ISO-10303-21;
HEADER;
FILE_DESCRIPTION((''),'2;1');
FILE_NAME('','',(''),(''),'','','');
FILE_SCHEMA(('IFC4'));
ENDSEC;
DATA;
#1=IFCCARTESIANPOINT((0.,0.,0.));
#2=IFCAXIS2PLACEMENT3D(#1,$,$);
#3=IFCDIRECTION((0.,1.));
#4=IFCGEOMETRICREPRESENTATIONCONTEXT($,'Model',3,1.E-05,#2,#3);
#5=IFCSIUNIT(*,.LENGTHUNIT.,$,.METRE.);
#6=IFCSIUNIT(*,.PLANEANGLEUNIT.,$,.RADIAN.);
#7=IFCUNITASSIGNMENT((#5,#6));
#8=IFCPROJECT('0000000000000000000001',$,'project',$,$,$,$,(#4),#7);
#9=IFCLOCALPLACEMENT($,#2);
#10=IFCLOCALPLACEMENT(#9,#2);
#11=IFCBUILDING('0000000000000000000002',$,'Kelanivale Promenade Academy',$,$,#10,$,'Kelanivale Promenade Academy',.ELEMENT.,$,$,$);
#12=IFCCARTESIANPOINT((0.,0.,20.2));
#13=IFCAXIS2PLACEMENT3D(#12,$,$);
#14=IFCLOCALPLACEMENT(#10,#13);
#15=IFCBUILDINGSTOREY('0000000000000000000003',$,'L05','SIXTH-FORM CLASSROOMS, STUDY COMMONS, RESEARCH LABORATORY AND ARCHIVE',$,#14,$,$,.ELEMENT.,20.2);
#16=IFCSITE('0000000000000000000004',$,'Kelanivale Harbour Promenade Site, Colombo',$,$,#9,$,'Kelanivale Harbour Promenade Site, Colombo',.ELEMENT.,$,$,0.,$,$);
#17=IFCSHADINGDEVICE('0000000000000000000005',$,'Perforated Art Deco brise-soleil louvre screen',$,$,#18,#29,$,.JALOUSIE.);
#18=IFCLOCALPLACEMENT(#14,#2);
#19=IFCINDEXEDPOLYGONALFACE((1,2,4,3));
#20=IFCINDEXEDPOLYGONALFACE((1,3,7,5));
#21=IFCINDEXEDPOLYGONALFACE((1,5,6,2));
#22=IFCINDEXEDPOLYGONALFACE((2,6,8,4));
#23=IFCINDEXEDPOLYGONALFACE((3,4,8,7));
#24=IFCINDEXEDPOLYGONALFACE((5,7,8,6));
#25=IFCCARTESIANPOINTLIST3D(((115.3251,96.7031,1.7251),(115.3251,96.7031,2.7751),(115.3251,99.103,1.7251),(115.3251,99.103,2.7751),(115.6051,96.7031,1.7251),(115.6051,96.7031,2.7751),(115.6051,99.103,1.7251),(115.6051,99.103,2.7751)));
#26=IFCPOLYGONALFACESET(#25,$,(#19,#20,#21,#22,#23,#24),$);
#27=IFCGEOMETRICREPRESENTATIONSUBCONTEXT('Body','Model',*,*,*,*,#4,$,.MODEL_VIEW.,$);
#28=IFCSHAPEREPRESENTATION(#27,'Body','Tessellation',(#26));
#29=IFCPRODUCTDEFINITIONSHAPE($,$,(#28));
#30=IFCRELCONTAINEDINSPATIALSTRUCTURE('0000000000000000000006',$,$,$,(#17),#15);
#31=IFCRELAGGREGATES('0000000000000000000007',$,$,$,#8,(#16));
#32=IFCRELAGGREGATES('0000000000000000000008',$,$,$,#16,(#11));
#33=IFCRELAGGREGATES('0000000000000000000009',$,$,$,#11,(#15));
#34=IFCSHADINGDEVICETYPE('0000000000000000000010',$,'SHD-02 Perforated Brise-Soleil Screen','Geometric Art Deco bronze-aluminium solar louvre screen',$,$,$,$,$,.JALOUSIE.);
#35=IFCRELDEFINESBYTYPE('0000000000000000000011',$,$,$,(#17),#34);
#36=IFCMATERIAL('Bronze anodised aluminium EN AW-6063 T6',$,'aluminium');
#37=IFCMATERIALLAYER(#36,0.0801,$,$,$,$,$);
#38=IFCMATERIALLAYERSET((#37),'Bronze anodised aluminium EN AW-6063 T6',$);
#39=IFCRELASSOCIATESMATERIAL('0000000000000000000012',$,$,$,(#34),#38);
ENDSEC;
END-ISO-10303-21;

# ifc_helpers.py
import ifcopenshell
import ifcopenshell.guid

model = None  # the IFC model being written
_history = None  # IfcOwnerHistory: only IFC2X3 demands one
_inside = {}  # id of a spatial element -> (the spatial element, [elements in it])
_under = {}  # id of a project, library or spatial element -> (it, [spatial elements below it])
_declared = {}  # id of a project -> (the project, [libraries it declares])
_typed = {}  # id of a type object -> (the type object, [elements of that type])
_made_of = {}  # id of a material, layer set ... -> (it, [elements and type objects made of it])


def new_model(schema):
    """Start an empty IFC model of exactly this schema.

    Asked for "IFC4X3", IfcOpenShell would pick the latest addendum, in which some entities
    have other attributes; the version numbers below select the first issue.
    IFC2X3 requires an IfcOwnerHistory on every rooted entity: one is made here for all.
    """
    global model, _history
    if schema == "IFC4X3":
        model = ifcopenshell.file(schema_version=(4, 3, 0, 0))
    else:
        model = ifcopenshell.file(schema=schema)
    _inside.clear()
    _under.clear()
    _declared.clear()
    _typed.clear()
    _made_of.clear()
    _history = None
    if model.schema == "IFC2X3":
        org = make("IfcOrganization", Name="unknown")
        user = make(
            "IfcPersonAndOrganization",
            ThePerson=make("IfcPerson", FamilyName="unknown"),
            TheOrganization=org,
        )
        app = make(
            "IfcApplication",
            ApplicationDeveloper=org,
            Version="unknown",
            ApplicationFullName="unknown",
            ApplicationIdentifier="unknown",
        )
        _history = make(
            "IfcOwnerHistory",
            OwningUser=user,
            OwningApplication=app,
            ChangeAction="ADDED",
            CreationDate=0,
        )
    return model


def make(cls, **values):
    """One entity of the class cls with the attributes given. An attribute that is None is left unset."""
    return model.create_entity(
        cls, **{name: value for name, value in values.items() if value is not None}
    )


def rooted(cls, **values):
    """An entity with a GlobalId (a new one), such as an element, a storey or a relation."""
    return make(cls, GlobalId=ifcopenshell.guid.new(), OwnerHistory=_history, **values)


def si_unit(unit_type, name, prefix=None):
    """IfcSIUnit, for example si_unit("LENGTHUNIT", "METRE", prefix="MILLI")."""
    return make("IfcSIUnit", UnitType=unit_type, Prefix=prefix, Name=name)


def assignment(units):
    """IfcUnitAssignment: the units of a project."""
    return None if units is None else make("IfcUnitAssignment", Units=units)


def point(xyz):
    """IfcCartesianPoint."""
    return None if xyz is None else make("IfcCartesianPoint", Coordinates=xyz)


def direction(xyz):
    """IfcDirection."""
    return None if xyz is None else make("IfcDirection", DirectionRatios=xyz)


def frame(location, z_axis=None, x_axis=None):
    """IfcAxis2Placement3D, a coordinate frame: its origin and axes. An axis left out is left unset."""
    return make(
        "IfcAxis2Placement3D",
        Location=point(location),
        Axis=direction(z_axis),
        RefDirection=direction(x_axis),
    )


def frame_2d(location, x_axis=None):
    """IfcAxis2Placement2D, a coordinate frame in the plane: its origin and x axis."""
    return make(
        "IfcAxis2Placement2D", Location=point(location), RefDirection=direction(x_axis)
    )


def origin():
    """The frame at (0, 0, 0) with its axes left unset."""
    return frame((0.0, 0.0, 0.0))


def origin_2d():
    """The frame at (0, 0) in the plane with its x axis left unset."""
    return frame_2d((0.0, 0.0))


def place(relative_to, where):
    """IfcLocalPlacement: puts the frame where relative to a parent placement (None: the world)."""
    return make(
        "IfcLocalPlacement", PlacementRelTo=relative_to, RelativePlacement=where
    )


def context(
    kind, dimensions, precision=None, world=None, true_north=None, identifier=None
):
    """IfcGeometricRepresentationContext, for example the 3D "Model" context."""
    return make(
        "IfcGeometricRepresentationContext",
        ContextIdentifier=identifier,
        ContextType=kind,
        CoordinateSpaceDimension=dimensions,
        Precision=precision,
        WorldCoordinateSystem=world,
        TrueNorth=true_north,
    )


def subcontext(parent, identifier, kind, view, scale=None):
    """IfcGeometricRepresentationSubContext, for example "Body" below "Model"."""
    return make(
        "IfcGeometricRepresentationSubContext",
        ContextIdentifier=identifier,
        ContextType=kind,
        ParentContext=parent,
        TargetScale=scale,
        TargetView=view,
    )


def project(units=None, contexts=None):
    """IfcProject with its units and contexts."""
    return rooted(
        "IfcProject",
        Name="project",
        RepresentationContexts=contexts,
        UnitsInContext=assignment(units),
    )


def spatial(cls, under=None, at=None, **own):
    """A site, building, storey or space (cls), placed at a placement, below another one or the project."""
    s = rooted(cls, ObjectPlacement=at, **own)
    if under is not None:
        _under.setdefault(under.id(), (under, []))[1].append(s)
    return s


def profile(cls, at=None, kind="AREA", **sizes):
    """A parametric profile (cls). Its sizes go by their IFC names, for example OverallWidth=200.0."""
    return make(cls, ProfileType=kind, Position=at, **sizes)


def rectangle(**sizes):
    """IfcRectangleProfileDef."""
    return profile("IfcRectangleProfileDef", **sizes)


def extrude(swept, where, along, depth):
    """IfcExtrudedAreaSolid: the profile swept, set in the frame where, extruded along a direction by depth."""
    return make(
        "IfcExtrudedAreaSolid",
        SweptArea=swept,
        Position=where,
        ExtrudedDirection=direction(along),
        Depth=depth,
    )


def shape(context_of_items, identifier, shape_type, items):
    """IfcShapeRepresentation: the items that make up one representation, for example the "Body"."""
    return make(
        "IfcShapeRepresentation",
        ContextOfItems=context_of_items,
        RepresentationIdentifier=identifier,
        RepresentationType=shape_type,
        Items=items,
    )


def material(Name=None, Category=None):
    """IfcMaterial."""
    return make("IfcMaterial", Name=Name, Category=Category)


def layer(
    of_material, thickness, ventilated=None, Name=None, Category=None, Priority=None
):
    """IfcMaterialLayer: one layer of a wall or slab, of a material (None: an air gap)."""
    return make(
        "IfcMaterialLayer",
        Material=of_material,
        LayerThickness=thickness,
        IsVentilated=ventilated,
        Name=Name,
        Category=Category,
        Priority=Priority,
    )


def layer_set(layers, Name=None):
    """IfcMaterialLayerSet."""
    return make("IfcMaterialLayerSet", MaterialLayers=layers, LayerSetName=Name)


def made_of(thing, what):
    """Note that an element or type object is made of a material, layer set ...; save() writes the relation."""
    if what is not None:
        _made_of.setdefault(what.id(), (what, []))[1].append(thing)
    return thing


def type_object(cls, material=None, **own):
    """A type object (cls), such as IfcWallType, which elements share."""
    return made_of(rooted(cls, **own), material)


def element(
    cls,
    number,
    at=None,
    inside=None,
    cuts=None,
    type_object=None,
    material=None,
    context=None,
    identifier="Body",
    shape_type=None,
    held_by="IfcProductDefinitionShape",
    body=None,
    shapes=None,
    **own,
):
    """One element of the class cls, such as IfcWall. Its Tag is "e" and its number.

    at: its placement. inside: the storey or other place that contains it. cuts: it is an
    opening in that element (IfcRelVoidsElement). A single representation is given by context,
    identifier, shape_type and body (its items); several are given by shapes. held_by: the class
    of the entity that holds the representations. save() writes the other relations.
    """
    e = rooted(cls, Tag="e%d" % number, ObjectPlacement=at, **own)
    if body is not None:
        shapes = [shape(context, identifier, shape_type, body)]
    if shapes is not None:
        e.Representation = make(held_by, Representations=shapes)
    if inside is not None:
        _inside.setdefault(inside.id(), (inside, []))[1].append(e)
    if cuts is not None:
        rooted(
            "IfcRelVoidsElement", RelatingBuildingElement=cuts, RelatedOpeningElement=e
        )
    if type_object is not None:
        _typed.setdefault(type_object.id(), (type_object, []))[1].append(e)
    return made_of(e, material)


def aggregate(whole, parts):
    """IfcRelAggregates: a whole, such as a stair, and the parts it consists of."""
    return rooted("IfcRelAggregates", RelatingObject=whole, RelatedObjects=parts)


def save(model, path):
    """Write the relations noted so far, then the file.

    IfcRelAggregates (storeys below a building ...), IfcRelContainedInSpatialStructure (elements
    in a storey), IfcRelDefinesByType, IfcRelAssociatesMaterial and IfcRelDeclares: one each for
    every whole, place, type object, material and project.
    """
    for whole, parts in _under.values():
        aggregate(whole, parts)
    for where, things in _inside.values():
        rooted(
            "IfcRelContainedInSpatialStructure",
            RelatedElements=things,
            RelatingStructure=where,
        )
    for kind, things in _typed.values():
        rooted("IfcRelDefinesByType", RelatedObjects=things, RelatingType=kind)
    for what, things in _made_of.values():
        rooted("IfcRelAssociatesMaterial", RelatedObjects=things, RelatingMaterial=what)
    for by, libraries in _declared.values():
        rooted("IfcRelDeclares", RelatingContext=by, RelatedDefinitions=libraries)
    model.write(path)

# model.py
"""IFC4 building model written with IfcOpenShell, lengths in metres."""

from ifc_helpers import new_model, si_unit, direction, frame, origin, origin_2d, place, context, subcontext, project, spatial, rectangle, extrude, material, layer, layer_set, type_object, element, save


model = new_model("IFC4")

# Units and contexts
model_context = context("Model", 3, precision=1e-05, world=origin(), true_north=direction((0.0, 1.0)))
body_context = subcontext(model_context, "Body", "Model", "MODEL_VIEW")
ifc_project = project(units=[si_unit("LENGTHUNIT", "METRE"), si_unit("PLANEANGLEUNIT", "RADIAN")], contexts=[model_context])

# Site, building, storey
site_placement = place(None, origin())
site = spatial("IfcSite", under=ifc_project, at=site_placement, Name="Kelanivale Harbour Promenade Site, Colombo", LongName="Kelanivale Harbour Promenade Site, Colombo", CompositionType="ELEMENT", RefElevation=0.0)
building_placement = place(site_placement, origin())
building = spatial("IfcBuilding", under=site, at=building_placement, Name="Kelanivale Promenade Academy", LongName="Kelanivale Promenade Academy", CompositionType="ELEMENT")
storey_placement = place(building_placement, frame((0.0, 0.0, 20.2)))
storey = spatial("IfcBuildingStorey", under=building, at=storey_placement, Name="L05", Description="SIXTH-FORM CLASSROOMS, STUDY COMMONS, RESEARCH LABORATORY AND ARCHIVE", CompositionType="ELEMENT", Elevation=20.2)

# Shading device
ifc_material_1 = material(Name="Bronze anodised aluminium EN AW-6063 T6", Category="aluminium")
ifc_layer_1 = layer(ifc_material_1, 0.0801)
ifc_layer_set_1 = layer_set([ifc_layer_1], Name="Bronze anodised aluminium EN AW-6063 T6")
shading_device_type_1 = type_object("IfcShadingDeviceType", Name="SHD-02 Perforated Brise-Soleil Screen", Description="Geometric Art Deco bronze-aluminium solar louvre screen", PredefinedType="JALOUSIE", material=ifc_layer_set_1)
for number, where, z_axis, x_axis, name in (
    (1, (115.4651, 97.9031, 1.7251), (0.0, 0.0, 1.0), (0.0, -1.0, 0.0), "Perforated Art Deco brise-soleil louvre screen"),
):
    element("IfcShadingDevice", number, at=place(storey_placement, frame(where, z_axis=z_axis, x_axis=x_axis)), inside=storey, type_object=shading_device_type_1, Name=name, PredefinedType="JALOUSIE", context=body_context, shape_type="SweptSolid", body=[
        extrude(rectangle(XDim=2.3999, YDim=0.28, at=origin_2d()), origin(), (0.0, 0.0, 1.0), 1.05),
    ])

save(model, "model.ifc")
